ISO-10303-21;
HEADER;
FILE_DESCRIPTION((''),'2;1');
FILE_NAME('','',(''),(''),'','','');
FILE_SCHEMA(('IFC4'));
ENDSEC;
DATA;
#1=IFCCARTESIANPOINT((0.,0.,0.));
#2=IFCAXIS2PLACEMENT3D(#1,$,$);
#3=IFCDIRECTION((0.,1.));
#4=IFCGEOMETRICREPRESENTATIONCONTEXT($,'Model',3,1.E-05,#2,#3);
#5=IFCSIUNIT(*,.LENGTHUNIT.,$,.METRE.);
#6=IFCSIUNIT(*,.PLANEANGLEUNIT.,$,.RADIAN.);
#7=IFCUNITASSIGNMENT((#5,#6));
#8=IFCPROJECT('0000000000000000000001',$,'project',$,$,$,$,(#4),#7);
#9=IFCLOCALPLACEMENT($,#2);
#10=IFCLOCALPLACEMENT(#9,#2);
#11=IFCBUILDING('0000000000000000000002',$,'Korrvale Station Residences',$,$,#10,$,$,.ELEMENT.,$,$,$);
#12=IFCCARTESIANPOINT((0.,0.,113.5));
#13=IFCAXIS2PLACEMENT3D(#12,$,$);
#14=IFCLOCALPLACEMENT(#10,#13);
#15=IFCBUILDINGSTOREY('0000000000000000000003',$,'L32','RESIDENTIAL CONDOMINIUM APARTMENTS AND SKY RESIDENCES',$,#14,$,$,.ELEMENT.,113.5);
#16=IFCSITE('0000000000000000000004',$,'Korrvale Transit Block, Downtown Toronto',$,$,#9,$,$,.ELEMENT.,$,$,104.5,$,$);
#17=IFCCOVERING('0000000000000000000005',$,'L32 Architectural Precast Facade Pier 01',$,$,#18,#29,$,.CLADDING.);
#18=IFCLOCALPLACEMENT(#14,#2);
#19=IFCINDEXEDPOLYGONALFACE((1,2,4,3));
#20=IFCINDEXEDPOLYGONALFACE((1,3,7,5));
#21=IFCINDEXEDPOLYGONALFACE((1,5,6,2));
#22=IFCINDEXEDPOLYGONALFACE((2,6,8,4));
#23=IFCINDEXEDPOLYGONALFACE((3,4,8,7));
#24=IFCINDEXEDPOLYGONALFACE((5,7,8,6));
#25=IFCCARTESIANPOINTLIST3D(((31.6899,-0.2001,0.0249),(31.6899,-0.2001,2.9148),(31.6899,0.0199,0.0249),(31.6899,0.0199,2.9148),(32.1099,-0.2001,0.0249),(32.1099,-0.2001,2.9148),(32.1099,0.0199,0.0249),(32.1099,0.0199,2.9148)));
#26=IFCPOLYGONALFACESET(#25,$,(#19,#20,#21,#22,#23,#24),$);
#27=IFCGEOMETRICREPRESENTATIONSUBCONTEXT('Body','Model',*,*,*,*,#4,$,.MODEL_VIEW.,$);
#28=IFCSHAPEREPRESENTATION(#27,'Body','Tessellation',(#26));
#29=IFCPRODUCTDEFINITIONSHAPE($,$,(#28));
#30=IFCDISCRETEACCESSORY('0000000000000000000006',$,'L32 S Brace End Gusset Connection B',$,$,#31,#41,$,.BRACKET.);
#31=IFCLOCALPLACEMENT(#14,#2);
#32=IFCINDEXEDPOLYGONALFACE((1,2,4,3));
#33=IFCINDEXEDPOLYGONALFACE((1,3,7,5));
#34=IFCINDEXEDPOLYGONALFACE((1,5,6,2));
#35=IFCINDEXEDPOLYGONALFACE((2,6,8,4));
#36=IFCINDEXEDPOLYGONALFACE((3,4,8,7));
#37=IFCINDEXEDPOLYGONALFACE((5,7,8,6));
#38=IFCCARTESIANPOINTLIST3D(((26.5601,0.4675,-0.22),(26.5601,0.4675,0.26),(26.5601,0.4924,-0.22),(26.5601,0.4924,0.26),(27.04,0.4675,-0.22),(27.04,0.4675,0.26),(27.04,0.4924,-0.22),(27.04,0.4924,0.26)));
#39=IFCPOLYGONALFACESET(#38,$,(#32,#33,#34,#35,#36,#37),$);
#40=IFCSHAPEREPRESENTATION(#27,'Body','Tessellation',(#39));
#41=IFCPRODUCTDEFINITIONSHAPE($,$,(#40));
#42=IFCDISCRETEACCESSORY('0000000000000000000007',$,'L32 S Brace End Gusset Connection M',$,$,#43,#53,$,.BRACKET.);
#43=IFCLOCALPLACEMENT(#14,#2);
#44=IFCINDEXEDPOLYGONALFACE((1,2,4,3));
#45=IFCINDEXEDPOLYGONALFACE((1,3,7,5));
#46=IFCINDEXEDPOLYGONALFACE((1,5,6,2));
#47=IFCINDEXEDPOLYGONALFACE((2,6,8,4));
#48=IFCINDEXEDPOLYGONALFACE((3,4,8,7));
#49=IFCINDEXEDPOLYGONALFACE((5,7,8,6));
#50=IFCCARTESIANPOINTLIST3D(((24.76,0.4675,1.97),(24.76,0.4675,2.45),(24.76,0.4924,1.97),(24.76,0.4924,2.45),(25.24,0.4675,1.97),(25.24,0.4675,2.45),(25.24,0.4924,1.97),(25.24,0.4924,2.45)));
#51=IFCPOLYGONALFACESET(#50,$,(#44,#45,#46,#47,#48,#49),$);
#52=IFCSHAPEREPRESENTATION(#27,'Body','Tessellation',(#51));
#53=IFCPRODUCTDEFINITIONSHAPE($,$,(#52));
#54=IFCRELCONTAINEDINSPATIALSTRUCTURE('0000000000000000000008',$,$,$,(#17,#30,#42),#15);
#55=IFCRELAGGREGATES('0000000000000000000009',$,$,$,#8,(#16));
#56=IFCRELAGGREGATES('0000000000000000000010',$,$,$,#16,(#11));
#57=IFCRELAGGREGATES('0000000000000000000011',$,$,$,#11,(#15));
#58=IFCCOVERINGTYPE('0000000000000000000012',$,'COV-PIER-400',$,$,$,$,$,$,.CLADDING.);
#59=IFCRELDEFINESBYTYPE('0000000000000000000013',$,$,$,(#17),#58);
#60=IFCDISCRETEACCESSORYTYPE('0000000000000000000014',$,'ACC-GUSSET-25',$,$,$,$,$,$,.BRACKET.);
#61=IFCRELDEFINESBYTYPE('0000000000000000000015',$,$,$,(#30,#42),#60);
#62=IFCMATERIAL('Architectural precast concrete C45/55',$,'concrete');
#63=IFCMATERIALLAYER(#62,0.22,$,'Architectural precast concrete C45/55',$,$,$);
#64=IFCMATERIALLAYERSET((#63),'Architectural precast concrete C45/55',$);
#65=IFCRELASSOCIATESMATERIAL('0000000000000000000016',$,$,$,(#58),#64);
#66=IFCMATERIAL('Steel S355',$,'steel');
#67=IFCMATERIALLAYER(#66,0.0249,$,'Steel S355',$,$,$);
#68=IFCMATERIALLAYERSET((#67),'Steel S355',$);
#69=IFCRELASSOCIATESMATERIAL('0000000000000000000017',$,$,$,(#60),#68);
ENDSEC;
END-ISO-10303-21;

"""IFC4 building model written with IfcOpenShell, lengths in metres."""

from ifc_helpers import new_model, si_unit, direction, frame, origin, origin_2d, place, context, subcontext, project, spatial, rectangle, extrude, material, layer, layer_set, type_object, element, save


model = new_model("IFC4")

# Units and contexts
model_context = context("Model", 3, precision=1e-05, world=origin(), true_north=direction((0.0, 1.0)))
body_context = subcontext(model_context, "Body", "Model", "MODEL_VIEW")
ifc_project = project(units=[si_unit("LENGTHUNIT", "METRE"), si_unit("PLANEANGLEUNIT", "RADIAN")], contexts=[model_context])

# Site, building, storey
site_placement = place(None, origin())
site = spatial("IfcSite", under=ifc_project, at=site_placement, Name="Korrvale Transit Block, Downtown Toronto", CompositionType="ELEMENT", RefElevation=104.5)
building_placement = place(site_placement, origin())
building = spatial("IfcBuilding", under=site, at=building_placement, Name="Korrvale Station Residences", CompositionType="ELEMENT")
storey_placement = place(building_placement, frame((0.0, 0.0, 113.5)))
storey = spatial("IfcBuildingStorey", under=building, at=storey_placement, Name="L32", Description="RESIDENTIAL CONDOMINIUM APARTMENTS AND SKY RESIDENCES", CompositionType="ELEMENT", Elevation=113.5)

# Shared definitions
ifc_material_1 = material(Name="Steel S355", Category="steel")

# Covering
ifc_material_2 = material(Name="Architectural precast concrete C45/55", Category="concrete")
ifc_layer_1 = layer(ifc_material_2, 0.22, Name="Architectural precast concrete C45/55")
ifc_layer_set_1 = layer_set([ifc_layer_1], Name="Architectural precast concrete C45/55")
covering_type = type_object("IfcCoveringType", Name="COV-PIER-400", PredefinedType="CLADDING", material=ifc_layer_set_1)
covering_placement = place(storey_placement, frame((31.8999, -0.0901, 0.0249), z_axis=(0.0, 0.0, 1.0), x_axis=(1.0, 0.0, 0.0)))
element("IfcCovering", 1, at=covering_placement, inside=storey, type_object=covering_type, Name="L32 Architectural Precast Facade Pier 01", PredefinedType="CLADDING", context=body_context, shape_type="SweptSolid", body=[
    extrude(rectangle(XDim=0.4199, YDim=0.22, at=origin_2d()), origin(), (0.0, 0.0, 1.0), 2.8899),
])

# Discrete accessories
ifc_layer_2 = layer(ifc_material_1, 0.0249, Name="Steel S355")
ifc_layer_set_2 = layer_set([ifc_layer_2], Name="Steel S355")
discrete_accessory_type = type_object("IfcDiscreteAccessoryType", Name="ACC-GUSSET-25", PredefinedType="BRACKET", material=ifc_layer_set_2)
for number, where, z_axis, x_axis, name in (
    (2, (26.8, 0.48, -0.22), (0.0, 0.0, 1.0), (1.0, 0.0, 0.0), "L32 S Brace End Gusset Connection B"),
    (3, (25.0, 0.48, 1.97), (0.0, 0.0, 1.0), (1.0, 0.0, 0.0), "L32 S Brace End Gusset Connection M"),
):
    element("IfcDiscreteAccessory", number, at=place(storey_placement, frame(where, z_axis=z_axis, x_axis=x_axis)), inside=storey, type_object=discrete_accessory_type, Name=name, PredefinedType="BRACKET", context=body_context, shape_type="SweptSolid", body=[
        extrude(rectangle(XDim=0.48, YDim=0.0249, at=origin_2d()), origin(), (0.0, 0.0, 1.0), 0.48),
    ])

save(model, "model.ifc")
